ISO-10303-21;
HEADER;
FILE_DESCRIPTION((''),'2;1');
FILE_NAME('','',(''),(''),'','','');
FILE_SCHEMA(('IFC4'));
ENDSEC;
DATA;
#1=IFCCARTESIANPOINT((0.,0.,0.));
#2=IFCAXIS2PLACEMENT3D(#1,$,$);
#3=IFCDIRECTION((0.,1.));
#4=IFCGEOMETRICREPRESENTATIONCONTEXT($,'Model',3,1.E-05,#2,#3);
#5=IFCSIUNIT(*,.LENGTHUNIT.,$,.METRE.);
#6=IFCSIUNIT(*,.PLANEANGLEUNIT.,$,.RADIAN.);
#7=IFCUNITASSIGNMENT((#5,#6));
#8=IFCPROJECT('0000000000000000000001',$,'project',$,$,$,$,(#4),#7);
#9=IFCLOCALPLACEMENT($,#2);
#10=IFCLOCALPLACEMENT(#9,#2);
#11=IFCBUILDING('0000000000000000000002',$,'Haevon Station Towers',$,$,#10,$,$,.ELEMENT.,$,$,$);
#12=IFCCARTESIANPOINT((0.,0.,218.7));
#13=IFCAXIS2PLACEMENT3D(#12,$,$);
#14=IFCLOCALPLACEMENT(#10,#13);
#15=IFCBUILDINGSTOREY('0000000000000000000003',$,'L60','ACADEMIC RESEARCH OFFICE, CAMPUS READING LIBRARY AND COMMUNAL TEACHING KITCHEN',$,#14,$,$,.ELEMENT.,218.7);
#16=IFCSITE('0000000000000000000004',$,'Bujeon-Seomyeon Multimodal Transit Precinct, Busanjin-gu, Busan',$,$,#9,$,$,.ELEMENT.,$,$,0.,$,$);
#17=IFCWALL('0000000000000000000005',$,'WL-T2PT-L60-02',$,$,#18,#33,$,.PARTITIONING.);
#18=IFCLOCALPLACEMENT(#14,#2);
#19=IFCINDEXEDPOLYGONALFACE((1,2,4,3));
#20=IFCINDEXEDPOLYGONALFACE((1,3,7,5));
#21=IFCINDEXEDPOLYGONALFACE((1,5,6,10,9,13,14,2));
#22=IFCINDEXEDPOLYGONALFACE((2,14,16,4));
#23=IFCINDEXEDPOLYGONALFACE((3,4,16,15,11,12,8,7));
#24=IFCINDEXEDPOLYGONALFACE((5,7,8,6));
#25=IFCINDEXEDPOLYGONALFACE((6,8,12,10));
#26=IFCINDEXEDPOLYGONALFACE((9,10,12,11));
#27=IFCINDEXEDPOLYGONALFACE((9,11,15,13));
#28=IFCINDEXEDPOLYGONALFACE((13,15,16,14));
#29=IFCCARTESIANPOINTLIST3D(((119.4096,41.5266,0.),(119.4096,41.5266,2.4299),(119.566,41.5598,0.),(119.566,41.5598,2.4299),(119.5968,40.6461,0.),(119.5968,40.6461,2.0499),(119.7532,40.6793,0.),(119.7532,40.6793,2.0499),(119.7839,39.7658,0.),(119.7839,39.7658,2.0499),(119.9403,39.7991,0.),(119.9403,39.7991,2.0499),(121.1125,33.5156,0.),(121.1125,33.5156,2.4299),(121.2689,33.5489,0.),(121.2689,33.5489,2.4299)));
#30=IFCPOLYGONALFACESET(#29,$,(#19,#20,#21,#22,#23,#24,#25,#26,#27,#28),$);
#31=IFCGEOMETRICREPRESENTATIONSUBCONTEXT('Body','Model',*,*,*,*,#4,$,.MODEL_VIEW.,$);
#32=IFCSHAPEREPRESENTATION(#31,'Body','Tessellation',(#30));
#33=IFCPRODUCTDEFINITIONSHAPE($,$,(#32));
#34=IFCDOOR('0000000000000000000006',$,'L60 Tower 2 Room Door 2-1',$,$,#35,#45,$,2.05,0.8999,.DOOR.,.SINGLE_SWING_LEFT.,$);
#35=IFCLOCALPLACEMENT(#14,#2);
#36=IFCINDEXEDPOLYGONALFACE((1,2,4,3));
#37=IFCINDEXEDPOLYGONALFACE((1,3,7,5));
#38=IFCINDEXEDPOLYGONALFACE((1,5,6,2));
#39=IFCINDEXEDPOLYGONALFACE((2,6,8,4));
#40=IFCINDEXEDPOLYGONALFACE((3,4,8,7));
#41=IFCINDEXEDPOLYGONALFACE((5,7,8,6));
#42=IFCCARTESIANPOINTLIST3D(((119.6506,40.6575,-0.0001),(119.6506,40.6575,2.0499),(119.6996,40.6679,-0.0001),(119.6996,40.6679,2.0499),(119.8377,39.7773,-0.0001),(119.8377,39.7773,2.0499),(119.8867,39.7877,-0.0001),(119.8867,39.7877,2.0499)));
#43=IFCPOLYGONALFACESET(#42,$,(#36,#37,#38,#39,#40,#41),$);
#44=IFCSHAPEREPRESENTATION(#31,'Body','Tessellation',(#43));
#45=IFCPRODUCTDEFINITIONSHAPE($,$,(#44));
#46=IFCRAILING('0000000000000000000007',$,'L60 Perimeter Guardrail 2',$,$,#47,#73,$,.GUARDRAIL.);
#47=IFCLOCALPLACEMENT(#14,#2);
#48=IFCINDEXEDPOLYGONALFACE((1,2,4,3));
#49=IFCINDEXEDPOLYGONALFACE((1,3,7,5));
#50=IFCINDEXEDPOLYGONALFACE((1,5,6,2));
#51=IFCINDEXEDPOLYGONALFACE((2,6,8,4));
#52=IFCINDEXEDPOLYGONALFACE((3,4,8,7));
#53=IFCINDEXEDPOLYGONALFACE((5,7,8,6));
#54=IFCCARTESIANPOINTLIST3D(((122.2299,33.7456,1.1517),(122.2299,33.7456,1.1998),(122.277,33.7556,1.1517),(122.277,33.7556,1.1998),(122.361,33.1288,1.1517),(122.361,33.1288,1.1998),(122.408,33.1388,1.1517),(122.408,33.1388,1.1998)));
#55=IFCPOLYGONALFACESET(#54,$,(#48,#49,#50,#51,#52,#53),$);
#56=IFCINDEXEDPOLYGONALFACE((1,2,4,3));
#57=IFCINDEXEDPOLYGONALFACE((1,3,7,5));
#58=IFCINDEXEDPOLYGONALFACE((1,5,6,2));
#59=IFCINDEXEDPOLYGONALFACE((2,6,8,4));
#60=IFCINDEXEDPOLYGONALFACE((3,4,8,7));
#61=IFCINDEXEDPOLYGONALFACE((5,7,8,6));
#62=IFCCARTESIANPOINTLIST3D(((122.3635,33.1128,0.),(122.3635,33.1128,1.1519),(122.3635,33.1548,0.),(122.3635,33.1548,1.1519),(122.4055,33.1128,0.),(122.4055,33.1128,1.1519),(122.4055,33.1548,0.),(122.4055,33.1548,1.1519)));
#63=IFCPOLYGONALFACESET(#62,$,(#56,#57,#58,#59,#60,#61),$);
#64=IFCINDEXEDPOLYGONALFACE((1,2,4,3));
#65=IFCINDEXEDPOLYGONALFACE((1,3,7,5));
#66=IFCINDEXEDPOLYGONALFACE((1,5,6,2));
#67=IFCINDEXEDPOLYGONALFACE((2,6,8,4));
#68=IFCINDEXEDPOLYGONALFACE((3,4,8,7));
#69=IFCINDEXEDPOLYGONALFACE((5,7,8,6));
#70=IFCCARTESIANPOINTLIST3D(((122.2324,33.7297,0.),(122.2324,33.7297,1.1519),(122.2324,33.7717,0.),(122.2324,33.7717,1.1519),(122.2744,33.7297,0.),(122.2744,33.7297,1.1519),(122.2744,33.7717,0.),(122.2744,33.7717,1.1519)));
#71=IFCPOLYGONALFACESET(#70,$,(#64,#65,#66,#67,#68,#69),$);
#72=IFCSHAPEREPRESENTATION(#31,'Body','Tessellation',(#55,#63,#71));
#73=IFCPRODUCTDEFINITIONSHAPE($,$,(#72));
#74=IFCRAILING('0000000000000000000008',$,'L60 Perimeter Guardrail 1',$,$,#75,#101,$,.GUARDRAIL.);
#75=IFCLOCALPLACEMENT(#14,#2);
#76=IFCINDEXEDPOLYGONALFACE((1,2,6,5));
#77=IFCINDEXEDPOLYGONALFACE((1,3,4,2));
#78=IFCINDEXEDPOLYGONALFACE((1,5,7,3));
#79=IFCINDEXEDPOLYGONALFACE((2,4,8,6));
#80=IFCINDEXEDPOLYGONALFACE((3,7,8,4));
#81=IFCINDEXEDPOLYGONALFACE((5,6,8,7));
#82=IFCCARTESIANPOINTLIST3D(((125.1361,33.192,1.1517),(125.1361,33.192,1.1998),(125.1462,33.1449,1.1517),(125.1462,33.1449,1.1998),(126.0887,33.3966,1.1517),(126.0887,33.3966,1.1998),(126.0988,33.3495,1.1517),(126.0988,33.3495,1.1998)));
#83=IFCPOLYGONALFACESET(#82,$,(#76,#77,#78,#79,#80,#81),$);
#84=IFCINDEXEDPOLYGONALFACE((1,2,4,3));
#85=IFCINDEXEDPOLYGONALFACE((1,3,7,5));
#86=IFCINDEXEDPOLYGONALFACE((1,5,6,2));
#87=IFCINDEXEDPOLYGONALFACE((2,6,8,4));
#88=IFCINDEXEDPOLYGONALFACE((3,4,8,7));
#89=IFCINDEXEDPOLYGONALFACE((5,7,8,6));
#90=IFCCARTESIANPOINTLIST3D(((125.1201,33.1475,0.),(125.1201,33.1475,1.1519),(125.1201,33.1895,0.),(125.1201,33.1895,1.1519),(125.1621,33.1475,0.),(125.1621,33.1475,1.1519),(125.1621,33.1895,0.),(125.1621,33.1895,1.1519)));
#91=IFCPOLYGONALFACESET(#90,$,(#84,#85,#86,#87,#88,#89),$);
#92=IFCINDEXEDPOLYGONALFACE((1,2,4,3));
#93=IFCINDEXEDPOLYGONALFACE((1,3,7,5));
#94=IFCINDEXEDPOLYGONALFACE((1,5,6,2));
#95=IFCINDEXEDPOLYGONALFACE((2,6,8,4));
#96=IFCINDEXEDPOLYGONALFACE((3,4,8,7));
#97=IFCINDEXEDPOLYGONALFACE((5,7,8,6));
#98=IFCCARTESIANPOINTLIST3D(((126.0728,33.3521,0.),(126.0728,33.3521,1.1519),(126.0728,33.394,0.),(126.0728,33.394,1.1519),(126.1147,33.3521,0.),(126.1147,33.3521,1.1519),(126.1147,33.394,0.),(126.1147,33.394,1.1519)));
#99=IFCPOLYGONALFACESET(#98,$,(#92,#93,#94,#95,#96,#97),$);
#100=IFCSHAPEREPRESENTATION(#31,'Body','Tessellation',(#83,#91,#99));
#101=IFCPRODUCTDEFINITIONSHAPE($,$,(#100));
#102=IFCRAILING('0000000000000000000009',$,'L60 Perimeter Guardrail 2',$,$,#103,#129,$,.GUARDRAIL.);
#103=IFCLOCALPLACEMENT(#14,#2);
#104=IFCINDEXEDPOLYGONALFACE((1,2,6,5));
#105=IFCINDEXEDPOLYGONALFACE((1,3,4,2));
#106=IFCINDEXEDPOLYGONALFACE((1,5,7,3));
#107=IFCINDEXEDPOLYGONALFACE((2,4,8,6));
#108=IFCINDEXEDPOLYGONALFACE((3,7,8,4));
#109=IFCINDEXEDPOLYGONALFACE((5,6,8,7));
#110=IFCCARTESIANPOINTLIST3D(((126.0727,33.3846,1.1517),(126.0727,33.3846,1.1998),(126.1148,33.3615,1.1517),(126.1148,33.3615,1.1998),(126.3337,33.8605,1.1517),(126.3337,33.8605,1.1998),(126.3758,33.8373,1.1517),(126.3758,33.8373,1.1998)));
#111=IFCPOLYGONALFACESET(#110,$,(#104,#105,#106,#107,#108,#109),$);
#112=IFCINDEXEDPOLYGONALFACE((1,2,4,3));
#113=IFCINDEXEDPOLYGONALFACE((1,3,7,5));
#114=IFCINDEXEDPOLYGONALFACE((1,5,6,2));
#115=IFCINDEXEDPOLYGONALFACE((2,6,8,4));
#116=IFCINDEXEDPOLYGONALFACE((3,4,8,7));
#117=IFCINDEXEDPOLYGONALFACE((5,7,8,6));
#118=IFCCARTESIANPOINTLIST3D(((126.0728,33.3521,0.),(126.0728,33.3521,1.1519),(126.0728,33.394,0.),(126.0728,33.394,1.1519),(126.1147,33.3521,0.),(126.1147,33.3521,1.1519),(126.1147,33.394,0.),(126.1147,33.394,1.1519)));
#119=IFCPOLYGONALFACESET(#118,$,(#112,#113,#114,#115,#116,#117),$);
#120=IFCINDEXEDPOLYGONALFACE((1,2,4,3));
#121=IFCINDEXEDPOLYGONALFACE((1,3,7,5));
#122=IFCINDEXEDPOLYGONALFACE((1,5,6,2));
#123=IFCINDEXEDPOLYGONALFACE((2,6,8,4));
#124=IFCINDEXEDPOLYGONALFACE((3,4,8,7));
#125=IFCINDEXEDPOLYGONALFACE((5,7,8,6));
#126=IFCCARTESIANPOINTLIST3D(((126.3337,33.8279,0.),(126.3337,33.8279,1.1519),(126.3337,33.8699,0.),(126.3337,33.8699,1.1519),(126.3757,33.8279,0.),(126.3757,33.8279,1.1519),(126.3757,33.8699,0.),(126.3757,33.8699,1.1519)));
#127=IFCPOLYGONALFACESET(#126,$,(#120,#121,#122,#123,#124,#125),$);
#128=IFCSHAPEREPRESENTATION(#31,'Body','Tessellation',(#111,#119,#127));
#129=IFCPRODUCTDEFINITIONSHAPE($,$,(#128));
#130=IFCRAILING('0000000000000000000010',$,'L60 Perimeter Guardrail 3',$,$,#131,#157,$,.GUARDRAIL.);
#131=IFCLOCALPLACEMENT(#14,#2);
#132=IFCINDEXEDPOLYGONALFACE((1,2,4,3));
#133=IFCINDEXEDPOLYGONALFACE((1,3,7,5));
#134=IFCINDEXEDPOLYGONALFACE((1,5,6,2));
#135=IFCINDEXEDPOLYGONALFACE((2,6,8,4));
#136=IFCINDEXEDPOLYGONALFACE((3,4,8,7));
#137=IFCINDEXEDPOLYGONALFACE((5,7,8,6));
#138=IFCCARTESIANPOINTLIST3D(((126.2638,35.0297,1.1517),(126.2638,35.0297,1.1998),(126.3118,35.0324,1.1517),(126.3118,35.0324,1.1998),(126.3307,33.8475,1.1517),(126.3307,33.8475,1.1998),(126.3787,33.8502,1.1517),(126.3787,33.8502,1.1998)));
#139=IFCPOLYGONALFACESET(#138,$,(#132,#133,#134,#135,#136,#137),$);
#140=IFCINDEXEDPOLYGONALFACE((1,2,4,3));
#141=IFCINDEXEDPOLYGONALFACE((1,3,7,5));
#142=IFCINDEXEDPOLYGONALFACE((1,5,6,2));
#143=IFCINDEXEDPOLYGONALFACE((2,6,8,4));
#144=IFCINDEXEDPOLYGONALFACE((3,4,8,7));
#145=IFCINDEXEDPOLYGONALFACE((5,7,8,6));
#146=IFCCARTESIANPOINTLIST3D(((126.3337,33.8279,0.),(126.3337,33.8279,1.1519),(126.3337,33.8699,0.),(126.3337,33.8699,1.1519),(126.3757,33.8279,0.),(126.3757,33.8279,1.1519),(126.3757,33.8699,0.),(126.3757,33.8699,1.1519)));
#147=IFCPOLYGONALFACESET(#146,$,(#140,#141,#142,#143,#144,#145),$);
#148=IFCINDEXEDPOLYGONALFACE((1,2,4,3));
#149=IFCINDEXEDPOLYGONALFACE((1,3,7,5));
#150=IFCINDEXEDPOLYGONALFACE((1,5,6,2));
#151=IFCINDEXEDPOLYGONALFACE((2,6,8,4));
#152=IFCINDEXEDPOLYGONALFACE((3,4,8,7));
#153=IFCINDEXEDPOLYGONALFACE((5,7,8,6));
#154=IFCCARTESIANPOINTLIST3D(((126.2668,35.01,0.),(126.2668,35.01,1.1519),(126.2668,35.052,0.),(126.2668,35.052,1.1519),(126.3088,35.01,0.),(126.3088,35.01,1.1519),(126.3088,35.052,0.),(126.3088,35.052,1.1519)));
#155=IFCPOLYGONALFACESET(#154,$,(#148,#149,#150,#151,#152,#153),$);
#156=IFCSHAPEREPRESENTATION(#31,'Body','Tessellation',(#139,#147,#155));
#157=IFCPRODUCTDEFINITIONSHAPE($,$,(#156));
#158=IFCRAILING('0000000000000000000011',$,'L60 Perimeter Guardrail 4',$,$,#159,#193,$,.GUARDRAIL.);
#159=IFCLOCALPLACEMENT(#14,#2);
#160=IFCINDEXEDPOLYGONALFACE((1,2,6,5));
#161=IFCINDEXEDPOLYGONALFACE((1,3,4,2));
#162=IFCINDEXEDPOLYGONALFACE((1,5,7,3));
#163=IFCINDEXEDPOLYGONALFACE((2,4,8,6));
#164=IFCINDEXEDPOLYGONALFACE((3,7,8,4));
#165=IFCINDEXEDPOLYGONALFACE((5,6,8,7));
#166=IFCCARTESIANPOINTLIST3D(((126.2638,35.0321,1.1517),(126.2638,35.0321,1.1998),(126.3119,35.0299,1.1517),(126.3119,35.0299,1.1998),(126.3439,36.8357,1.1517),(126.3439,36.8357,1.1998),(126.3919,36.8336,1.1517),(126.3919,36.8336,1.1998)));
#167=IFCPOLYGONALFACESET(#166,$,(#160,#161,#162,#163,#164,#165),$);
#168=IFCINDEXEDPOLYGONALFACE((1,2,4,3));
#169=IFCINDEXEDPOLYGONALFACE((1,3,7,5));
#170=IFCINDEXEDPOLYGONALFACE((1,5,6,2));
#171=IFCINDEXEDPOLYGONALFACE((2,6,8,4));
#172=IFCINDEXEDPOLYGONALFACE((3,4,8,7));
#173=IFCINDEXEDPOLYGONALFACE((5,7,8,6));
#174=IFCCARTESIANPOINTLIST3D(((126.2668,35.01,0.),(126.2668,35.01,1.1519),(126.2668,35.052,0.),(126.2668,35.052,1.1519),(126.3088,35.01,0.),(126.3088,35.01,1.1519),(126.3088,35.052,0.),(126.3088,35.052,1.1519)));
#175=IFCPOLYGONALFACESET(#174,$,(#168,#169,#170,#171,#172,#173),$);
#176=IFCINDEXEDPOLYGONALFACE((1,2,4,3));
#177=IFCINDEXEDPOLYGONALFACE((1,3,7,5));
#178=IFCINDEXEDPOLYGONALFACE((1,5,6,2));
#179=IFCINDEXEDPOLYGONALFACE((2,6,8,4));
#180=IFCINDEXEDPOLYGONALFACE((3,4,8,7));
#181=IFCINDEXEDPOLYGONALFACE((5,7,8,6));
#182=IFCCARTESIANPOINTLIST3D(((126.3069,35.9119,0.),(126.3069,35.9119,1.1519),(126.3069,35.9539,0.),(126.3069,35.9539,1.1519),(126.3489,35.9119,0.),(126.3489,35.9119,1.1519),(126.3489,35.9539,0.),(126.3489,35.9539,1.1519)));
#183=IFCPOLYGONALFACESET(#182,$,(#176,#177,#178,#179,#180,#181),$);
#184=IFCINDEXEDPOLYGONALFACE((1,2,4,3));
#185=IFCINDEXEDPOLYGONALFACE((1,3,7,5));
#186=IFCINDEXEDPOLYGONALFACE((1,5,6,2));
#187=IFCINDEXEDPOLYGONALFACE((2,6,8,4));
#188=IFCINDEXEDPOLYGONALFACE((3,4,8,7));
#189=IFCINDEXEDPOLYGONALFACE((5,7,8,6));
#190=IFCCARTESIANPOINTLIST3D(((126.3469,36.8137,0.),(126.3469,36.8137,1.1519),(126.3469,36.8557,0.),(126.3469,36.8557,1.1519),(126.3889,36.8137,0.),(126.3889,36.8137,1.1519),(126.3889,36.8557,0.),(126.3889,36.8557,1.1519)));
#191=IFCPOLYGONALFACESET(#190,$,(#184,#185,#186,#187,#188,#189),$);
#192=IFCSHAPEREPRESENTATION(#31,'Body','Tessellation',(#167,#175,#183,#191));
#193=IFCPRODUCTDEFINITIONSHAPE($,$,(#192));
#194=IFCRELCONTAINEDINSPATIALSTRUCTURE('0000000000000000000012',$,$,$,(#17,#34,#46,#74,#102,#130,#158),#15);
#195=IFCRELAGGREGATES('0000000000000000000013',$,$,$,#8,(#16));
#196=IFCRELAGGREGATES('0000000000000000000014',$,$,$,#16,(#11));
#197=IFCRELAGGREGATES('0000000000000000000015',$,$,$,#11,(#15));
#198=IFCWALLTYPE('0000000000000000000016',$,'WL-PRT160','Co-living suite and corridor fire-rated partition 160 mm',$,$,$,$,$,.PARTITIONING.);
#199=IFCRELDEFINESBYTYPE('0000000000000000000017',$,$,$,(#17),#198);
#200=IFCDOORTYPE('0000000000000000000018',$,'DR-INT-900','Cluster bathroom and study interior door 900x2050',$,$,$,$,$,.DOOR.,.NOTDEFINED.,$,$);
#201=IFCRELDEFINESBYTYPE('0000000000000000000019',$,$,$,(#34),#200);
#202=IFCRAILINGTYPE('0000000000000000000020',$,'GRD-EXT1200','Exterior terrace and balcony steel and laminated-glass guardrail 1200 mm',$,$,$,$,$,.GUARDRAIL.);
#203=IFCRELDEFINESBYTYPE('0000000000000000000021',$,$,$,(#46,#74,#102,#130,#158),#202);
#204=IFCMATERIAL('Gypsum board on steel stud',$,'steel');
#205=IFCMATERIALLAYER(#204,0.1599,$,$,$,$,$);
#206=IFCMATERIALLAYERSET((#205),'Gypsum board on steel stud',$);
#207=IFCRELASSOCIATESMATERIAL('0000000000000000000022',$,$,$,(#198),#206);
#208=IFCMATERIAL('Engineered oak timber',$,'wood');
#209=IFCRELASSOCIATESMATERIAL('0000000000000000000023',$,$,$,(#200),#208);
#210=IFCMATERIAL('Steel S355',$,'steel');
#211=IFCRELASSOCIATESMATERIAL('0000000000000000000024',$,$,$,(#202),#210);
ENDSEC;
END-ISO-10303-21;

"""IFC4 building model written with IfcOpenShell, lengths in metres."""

from ifc_helpers import new_model, si_unit, direction, frame, frame_2d, origin, origin_2d, place, context, subcontext, project, spatial, rectangle, extrude, material, layer, layer_set, type_object, element, fill, save


model = new_model("IFC4")

# Units and contexts
model_context = context("Model", 3, precision=1e-05, world=origin(), true_north=direction((0.0, 1.0)))
body_context = subcontext(model_context, "Body", "Model", "MODEL_VIEW")
ifc_project = project(units=[si_unit("LENGTHUNIT", "METRE"), si_unit("PLANEANGLEUNIT", "RADIAN")], contexts=[model_context])

# Site, building, storey
site_placement = place(None, origin())
site = spatial("IfcSite", under=ifc_project, at=site_placement, Name="Bujeon-Seomyeon Multimodal Transit Precinct, Busanjin-gu, Busan", CompositionType="ELEMENT", RefElevation=0.0)
building_placement = place(site_placement, origin())
building = spatial("IfcBuilding", under=site, at=building_placement, Name="Haevon Station Towers", CompositionType="ELEMENT")
storey_placement = place(building_placement, frame((0.0, 0.0, 218.7)))
storey = spatial("IfcBuildingStorey", under=building, at=storey_placement, Name="L60", Description="ACADEMIC RESEARCH OFFICE, CAMPUS READING LIBRARY AND COMMUNAL TEACHING KITCHEN", CompositionType="ELEMENT", Elevation=218.7)

# Shared definitions
ifc_material_1 = material(Name="Steel S355", Category="steel")

# Shared definitions
ifc_material_2 = material(Name="Gypsum board on steel stud", Category="steel")

# Wall, opening, door
ifc_layer_1 = layer(ifc_material_2, 0.1599)
ifc_layer_set_1 = layer_set([ifc_layer_1], Name="Gypsum board on steel stud")
wall_type_1 = type_object("IfcWallType", Name="WL-PRT160", Description="Co-living suite and corridor fire-rated partition 160 mm", PredefinedType="PARTITIONING", material=ifc_layer_set_1)
wall_1_placement = place(storey_placement, frame((121.1907, 33.5322, 0.0), z_axis=(0.0, 0.0, 1.0), x_axis=(-0.207923, 0.978145, 0.0)))
wall_1 = element("IfcWall", 1, at=wall_1_placement, inside=storey, type_object=wall_type_1, Name="WL-T2PT-L60-02", PredefinedType="PARTITIONING", context=body_context, shape_type="SweptSolid", body=[
    extrude(rectangle(XDim=8.1899, YDim=0.1599, at=frame_2d((4.095, 0.0))), origin(), (0.0, 0.0, 1.0), 2.4299),
])
opening_1_placement = place(wall_1_placement, frame((6.3899, 0.0, 0.0)))
opening_1 = element("IfcOpeningElement", 2, at=opening_1_placement, cuts=wall_1, PredefinedType="OPENING", context=body_context, shape_type="SweptSolid", body=[
    extrude(rectangle(XDim=0.8999, YDim=2.05, at=frame_2d((0.45, 1.0249))), frame((0.0, 0.0898, 0.0), z_axis=(0.0, -1.0, 0.0), x_axis=(1.0, 0.0, 0.0)), (0.0, 0.0, 1.0), 0.1799),
])
ifc_material_3 = material(Name="Engineered oak timber", Category="wood")
door_type_1 = type_object("IfcDoorType", Name="DR-INT-900", Description="Cluster bathroom and study interior door 900x2050", OperationType="NOTDEFINED", PredefinedType="DOOR", material=ifc_material_3)
door_1_placement = place(opening_1_placement, origin())
door_1 = element("IfcDoor", 3, at=door_1_placement, inside=storey, type_object=door_type_1, Name="L60 Tower 2 Room Door 2-1", OperationType="SINGLE_SWING_LEFT", OverallHeight=2.05, OverallWidth=0.8999, PredefinedType="DOOR", context=body_context, shape_type="SweptSolid", body=[
    extrude(rectangle(XDim=0.8999, YDim=2.05, at=frame_2d((0.45, 1.0249))), frame((0.0, 0.0249, 0.0), z_axis=(0.0, -1.0, 0.0), x_axis=(1.0, 0.0, 0.0)), (0.0, 0.0, 1.0), 0.05),
])
fill(opening_1, door_1)

# Railings
railing_type = type_object("IfcRailingType", Name="GRD-EXT1200", Description="Exterior terrace and balcony steel and laminated-glass guardrail 1200 mm", PredefinedType="GUARDRAIL", material=ifc_material_1)
railing_1_placement = place(storey_placement, frame((122.3845, 33.1338, 0.0)))
element("IfcRailing", 4, at=railing_1_placement, inside=storey, type_object=railing_type, Name="L60 Perimeter Guardrail 2", PredefinedType="GUARDRAIL", context=body_context, shape_type="SweptSolid", body=[
    extrude(rectangle(XDim=0.0481, YDim=0.0481, at=origin_2d()), frame((0.0, 0.0, 1.1758), z_axis=(-0.207863, 0.978158, 0.0), x_axis=(-0.978158, -0.207863, 0.0)), (0.0, 0.0, 1.0), 0.6306),
    extrude(rectangle(XDim=0.042, YDim=0.042, at=origin_2d()), origin(), (0.0, 0.0, 1.0), 1.1519),
    extrude(rectangle(XDim=0.042, YDim=0.042, at=origin_2d()), frame((-0.1311, 0.6169, 0.0)), (0.0, 0.0, 1.0), 1.1519),
])
railing_2_placement = place(storey_placement, frame((125.1411, 33.1685, 0.0)))
element("IfcRailing", 5, at=railing_2_placement, inside=storey, type_object=railing_type, Name="L60 Perimeter Guardrail 1", PredefinedType="GUARDRAIL", context=body_context, shape_type="SweptSolid", body=[
    extrude(rectangle(XDim=0.0481, YDim=0.0481, at=origin_2d()), frame((0.0, 0.0, 1.1758), z_axis=(0.977707, 0.209974, 0.0), x_axis=(-0.209974, 0.977707, 0.0)), (0.0, 0.0, 1.0), 0.9744),
    extrude(rectangle(XDim=0.042, YDim=0.042, at=origin_2d()), origin(), (0.0, 0.0, 1.0), 1.1519),
    extrude(rectangle(XDim=0.042, YDim=0.042, at=origin_2d()), frame((0.9526, 0.2046, 0.0)), (0.0, 0.0, 1.0), 1.1519),
])
railing_3_placement = place(storey_placement, frame((126.0938, 33.373, 0.0)))
element("IfcRailing", 6, at=railing_3_placement, inside=storey, type_object=railing_type, Name="L60 Perimeter Guardrail 2", PredefinedType="GUARDRAIL", context=body_context, shape_type="SweptSolid", body=[
    extrude(rectangle(XDim=0.0481, YDim=0.0481, at=origin_2d()), frame((0.0, 0.0, 1.1758), z_axis=(0.4809, 0.876776, 0.0), x_axis=(-0.876776, 0.4809, 0.0)), (0.0, 0.0, 1.0), 0.5427),
    extrude(rectangle(XDim=0.042, YDim=0.042, at=origin_2d()), origin(), (0.0, 0.0, 1.0), 1.1519),
    extrude(rectangle(XDim=0.042, YDim=0.042, at=origin_2d()), frame((0.261, 0.4758, 0.0)), (0.0, 0.0, 1.0), 1.1519),
])
railing_4_placement = place(storey_placement, frame((126.3547, 33.8489, 0.0)))
element("IfcRailing", 7, at=railing_4_placement, inside=storey, type_object=railing_type, Name="L60 Perimeter Guardrail 3", PredefinedType="GUARDRAIL", context=body_context, shape_type="SweptSolid", body=[
    extrude(rectangle(XDim=0.0481, YDim=0.0481, at=origin_2d()), frame((0.0, 0.0, 1.1758), z_axis=(-0.056498, 0.998403, 0.0), x_axis=(-0.998403, -0.056498, 0.0)), (0.0, 0.0, 1.0), 1.1841),
    extrude(rectangle(XDim=0.042, YDim=0.042, at=origin_2d()), origin(), (0.0, 0.0, 1.0), 1.1519),
    extrude(rectangle(XDim=0.042, YDim=0.042, at=origin_2d()), frame((-0.0669, 1.1821, 0.0)), (0.0, 0.0, 1.0), 1.1519),
])
railing_5_placement = place(storey_placement, frame((126.2878, 35.031, 0.0)))
element("IfcRailing", 8, at=railing_5_placement, inside=storey, type_object=railing_type, Name="L60 Perimeter Guardrail 4", PredefinedType="GUARDRAIL", context=body_context, shape_type="SweptSolid", body=[
    extrude(rectangle(XDim=0.0481, YDim=0.0481, at=origin_2d()), frame((0.0, 0.0, 1.1758), z_axis=(0.044353, 0.999016, 0.0), x_axis=(-0.999016, 0.044353, 0.0)), (0.0, 0.0, 1.0), 1.8054),
    extrude(rectangle(XDim=0.042, YDim=0.042, at=origin_2d()), origin(), (0.0, 0.0, 1.0), 1.1519),
    extrude(rectangle(XDim=0.042, YDim=0.042, at=origin_2d()), frame((0.04, 0.9019, 0.0)), (0.0, 0.0, 1.0), 1.1519),
    extrude(rectangle(XDim=0.042, YDim=0.042, at=origin_2d()), frame((0.0801, 1.8037, 0.0)), (0.0, 0.0, 1.0), 1.1519),
])

save(model, "model.ifc")
